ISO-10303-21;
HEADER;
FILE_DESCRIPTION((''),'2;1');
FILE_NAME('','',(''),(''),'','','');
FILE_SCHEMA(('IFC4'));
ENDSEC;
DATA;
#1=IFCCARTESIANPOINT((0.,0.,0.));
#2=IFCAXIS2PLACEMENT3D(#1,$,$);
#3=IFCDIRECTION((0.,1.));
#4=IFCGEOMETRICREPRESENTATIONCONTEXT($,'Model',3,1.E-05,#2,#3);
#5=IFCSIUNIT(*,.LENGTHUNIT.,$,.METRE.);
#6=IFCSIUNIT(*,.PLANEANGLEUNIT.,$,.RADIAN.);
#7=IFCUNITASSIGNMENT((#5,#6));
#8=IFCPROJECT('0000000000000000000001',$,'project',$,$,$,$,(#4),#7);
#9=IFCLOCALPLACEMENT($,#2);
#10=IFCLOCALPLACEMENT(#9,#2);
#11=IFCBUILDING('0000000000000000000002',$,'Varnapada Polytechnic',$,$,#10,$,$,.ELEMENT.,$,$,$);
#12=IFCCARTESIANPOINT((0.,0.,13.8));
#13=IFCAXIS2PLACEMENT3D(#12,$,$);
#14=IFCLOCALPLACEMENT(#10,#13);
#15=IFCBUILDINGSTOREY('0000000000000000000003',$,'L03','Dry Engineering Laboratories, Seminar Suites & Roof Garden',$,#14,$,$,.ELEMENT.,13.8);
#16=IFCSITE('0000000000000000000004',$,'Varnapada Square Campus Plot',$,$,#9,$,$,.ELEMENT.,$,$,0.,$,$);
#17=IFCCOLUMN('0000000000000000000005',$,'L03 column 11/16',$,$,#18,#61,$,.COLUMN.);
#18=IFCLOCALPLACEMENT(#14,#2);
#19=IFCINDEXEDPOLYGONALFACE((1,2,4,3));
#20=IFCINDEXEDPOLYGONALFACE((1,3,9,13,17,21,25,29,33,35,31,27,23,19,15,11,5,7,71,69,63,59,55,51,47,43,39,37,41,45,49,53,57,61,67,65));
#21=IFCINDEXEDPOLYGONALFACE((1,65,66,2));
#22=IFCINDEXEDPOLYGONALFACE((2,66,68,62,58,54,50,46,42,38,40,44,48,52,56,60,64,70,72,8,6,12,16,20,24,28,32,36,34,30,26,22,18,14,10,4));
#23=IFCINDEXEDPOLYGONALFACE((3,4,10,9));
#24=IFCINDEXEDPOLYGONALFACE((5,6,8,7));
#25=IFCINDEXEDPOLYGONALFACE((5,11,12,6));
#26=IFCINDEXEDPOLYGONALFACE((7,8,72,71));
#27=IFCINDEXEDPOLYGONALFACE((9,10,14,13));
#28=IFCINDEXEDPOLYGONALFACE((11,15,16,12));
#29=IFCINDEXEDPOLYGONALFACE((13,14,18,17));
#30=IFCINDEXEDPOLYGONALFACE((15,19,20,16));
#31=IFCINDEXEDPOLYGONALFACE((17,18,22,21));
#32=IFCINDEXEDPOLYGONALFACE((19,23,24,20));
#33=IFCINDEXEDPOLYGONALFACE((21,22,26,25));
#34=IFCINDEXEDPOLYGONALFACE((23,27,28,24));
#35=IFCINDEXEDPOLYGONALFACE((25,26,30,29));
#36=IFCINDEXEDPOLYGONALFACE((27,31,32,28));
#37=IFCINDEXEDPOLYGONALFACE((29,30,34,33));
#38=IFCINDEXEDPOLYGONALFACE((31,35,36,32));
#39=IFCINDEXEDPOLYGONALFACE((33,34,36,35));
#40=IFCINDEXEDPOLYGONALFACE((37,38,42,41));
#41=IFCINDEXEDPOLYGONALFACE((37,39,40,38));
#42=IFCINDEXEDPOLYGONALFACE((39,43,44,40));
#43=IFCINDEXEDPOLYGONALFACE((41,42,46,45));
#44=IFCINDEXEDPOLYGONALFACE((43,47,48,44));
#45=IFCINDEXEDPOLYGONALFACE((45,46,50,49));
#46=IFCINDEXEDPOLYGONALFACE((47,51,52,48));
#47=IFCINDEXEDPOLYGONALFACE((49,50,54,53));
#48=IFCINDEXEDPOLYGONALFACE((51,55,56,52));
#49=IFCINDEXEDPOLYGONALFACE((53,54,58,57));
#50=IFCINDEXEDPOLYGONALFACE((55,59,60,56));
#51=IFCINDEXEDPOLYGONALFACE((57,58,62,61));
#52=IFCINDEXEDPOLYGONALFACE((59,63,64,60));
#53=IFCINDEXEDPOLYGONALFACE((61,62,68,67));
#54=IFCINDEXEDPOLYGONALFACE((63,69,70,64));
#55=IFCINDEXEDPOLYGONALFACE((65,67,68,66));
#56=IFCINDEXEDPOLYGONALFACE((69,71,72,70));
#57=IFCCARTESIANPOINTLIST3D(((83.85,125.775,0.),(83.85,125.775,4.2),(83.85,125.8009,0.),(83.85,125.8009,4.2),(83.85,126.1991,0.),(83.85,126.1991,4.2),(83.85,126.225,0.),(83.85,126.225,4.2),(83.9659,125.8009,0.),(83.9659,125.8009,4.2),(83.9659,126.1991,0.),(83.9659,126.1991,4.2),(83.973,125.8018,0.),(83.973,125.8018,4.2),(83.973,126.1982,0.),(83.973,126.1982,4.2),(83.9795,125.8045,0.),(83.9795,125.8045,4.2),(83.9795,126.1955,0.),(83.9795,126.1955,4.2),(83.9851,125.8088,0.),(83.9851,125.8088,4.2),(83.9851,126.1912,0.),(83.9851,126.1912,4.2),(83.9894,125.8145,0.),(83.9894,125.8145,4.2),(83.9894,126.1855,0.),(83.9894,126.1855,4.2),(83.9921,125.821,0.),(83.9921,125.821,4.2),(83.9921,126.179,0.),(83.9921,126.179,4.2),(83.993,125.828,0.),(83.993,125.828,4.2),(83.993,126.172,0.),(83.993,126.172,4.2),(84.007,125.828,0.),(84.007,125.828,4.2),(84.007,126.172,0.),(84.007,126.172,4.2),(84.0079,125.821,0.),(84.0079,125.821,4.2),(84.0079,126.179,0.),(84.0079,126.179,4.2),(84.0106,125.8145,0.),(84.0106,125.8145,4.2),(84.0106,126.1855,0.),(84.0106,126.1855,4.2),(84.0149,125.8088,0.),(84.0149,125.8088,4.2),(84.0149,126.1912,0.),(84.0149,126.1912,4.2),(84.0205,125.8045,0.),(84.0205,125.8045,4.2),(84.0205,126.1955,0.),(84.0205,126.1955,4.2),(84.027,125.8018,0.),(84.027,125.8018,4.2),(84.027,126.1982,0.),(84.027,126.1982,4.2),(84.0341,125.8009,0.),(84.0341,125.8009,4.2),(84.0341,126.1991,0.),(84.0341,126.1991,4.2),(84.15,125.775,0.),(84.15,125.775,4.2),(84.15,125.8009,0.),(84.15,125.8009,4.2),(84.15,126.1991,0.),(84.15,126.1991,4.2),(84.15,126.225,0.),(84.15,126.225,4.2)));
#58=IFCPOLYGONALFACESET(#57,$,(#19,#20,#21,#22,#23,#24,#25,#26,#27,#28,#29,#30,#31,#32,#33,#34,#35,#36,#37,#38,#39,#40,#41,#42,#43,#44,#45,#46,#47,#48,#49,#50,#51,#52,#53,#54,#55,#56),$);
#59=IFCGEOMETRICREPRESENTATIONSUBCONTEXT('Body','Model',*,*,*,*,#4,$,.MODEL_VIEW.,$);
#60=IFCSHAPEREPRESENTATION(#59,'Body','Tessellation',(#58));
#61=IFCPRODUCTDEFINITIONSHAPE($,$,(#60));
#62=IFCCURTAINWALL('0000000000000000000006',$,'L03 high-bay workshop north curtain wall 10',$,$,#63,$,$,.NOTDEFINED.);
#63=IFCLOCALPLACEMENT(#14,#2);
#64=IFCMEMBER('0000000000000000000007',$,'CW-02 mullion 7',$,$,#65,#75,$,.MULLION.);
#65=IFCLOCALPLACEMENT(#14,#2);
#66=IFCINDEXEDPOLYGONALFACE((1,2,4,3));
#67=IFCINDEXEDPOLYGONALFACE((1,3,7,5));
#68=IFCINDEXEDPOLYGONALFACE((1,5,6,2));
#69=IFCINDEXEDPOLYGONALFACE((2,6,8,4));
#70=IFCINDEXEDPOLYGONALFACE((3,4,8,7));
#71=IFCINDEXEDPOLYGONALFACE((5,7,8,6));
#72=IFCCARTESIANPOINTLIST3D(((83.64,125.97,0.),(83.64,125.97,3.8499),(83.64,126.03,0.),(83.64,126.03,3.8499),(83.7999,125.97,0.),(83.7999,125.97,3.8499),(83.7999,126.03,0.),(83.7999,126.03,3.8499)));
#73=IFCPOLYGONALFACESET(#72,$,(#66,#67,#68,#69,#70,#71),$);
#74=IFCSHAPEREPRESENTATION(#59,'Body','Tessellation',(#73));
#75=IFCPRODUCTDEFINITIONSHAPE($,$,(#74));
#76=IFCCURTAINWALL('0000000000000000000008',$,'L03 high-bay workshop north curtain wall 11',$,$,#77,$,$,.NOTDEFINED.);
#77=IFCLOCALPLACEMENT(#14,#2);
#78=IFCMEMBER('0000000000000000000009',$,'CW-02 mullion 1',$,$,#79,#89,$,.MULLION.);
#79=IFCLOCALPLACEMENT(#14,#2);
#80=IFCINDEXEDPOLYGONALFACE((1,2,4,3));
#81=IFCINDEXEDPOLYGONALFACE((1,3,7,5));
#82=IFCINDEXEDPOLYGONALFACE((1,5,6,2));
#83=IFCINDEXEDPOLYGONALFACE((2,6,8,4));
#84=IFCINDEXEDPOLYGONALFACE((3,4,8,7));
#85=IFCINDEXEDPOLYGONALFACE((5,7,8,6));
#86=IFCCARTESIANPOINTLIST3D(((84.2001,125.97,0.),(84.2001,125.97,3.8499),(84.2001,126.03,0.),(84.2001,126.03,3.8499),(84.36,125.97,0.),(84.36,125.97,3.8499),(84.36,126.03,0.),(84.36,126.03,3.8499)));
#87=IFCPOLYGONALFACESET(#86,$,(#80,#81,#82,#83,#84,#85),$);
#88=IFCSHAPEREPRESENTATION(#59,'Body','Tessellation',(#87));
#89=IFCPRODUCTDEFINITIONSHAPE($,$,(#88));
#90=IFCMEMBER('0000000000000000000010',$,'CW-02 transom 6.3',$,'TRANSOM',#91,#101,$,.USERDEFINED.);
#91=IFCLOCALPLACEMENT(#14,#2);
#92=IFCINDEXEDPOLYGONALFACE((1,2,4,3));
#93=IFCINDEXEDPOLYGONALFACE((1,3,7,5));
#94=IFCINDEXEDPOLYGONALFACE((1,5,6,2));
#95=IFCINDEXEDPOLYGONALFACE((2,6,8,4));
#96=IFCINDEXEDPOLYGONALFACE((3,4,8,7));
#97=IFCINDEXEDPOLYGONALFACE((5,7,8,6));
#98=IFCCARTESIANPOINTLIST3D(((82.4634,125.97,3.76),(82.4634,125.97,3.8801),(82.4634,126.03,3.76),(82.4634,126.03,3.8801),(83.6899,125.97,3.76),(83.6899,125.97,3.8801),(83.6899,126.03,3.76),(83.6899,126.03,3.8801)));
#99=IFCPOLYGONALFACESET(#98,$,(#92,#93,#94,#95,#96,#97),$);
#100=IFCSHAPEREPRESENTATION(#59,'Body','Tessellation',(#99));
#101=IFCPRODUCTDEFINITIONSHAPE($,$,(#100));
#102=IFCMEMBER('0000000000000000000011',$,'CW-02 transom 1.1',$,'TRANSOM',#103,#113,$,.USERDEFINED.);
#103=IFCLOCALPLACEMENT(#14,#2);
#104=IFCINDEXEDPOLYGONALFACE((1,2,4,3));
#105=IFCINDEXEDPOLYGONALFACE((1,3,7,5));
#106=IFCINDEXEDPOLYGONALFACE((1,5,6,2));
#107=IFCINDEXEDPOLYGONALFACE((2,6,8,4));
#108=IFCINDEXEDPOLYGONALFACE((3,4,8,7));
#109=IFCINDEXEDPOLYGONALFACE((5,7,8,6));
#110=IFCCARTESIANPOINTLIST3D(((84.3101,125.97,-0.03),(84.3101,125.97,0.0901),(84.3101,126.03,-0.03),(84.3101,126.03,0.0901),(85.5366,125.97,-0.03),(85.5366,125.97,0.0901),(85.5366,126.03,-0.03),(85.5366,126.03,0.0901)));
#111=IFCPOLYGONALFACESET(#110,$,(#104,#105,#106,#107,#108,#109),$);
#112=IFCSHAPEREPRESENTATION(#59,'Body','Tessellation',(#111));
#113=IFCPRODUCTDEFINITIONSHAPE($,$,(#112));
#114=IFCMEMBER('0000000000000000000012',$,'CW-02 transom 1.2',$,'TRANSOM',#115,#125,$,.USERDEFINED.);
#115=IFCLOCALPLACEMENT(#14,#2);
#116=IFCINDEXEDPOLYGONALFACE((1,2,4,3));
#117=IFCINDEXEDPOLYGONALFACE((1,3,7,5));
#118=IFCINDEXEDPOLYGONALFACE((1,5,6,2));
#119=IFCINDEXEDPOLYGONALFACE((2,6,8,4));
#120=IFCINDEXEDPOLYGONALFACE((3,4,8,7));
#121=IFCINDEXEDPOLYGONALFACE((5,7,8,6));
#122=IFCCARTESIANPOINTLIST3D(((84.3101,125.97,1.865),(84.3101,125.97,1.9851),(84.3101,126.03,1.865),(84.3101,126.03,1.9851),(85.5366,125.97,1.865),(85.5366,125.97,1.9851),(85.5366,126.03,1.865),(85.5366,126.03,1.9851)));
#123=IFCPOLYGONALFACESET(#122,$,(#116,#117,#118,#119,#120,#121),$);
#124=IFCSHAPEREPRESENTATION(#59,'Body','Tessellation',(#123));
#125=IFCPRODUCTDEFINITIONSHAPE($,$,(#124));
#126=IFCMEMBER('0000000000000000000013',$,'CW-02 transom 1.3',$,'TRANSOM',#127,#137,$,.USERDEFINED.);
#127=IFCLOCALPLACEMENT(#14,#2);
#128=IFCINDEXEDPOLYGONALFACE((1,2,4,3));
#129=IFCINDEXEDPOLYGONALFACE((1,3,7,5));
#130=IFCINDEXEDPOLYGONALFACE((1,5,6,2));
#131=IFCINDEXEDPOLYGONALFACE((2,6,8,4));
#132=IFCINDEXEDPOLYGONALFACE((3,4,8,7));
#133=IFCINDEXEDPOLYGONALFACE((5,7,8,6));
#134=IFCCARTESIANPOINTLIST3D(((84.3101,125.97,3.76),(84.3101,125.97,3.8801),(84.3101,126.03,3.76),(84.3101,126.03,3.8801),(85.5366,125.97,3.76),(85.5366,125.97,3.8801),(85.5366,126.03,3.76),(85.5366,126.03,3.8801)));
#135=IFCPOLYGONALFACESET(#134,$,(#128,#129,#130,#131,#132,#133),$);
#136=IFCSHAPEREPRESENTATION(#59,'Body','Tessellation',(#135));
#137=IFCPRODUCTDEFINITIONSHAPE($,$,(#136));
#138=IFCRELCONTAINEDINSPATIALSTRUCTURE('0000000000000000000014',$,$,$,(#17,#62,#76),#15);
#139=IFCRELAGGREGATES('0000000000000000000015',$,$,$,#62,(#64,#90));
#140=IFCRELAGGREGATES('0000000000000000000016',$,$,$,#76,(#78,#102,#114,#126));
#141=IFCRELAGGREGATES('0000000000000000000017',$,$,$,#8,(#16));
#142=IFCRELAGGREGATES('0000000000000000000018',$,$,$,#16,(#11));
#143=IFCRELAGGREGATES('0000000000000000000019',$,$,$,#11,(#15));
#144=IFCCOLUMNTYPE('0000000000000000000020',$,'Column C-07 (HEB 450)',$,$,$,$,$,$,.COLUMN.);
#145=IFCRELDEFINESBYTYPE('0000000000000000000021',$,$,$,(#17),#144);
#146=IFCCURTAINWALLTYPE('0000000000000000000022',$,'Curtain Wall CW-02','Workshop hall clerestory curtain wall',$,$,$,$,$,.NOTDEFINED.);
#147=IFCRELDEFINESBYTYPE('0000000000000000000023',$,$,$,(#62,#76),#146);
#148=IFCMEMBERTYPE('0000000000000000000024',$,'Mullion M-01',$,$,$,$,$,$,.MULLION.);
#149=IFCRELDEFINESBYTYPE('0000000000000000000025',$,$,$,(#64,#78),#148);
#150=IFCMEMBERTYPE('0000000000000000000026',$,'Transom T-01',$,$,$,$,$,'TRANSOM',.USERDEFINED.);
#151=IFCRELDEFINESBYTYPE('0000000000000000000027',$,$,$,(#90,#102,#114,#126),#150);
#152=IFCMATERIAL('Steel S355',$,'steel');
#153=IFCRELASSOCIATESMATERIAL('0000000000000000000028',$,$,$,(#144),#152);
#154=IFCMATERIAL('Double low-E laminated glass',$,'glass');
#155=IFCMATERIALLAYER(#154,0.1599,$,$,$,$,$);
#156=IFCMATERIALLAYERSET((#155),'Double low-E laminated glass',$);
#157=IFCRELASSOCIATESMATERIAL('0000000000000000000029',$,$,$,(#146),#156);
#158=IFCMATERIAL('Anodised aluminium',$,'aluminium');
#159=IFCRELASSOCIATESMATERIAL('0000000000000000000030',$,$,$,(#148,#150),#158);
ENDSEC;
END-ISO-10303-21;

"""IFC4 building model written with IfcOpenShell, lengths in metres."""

from ifc_helpers import new_model, si_unit, direction, frame, origin, origin_2d, place, context, subcontext, project, spatial, rectangle, i_section, extrude, material, layer, layer_set, material_profile, profile_set, type_object, element, aggregate, save


model = new_model("IFC4")

# Units and contexts
model_context = context("Model", 3, precision=1e-05, world=origin(), true_north=direction((0.0, 1.0)))
body_context = subcontext(model_context, "Body", "Model", "MODEL_VIEW")
ifc_project = project(units=[si_unit("LENGTHUNIT", "METRE"), si_unit("PLANEANGLEUNIT", "RADIAN")], contexts=[model_context])

# Site, building, storey
site_placement = place(None, origin())
site = spatial("IfcSite", under=ifc_project, at=site_placement, Name="Varnapada Square Campus Plot", CompositionType="ELEMENT", RefElevation=0.0)
building_placement = place(site_placement, origin())
building = spatial("IfcBuilding", under=site, at=building_placement, Name="Varnapada Polytechnic", CompositionType="ELEMENT")
storey_placement = place(building_placement, frame((0.0, 0.0, 13.8)))
storey = spatial("IfcBuildingStorey", under=building, at=storey_placement, Name="L03", Description="Dry Engineering Laboratories, Seminar Suites & Roof Garden", CompositionType="ELEMENT", Elevation=13.8)

# Column
ifc_material_1 = material(Name="Steel S355", Category="steel")
ifc_material_profile_1 = material_profile(ifc_material_1, i_section(OverallWidth=0.3, OverallDepth=0.45, WebThickness=0.0139, FlangeThickness=0.0259, FilletRadius=0.0271, at=origin_2d()), Name="HEB 450")
ifc_profile_set_1 = profile_set([ifc_material_profile_1], Name="Steel S355")
column_type = type_object("IfcColumnType", Name="Column C-07 (HEB 450)", PredefinedType="COLUMN", material=ifc_profile_set_1)
column_placement = place(storey_placement, frame((84.0, 126.0, 0.0), z_axis=(0.0, 0.0, 1.0), x_axis=(1.0, 0.0, 0.0)))
element("IfcColumn", 1, at=column_placement, inside=storey, type_object=column_type, Name="L03 column 11/16", PredefinedType="COLUMN", context=body_context, shape_type="SweptSolid", body=[
    extrude(i_section(OverallWidth=0.3, OverallDepth=0.45, WebThickness=0.0139, FlangeThickness=0.0259, FilletRadius=0.0271, at=origin_2d()), origin(), (0.0, 0.0, 1.0), 4.2),
])

# Curtain walls, members
ifc_material_2 = material(Name="Double low-E laminated glass", Category="glass")
ifc_layer_1 = layer(ifc_material_2, 0.1599)
ifc_layer_set_1 = layer_set([ifc_layer_1], Name="Double low-E laminated glass")
curtain_wall_type = type_object("IfcCurtainWallType", Name="Curtain Wall CW-02", Description="Workshop hall clerestory curtain wall", PredefinedType="NOTDEFINED", material=ifc_layer_set_1)
curtain_wall_1_placement = place(storey_placement, origin())
curtain_wall_1 = element("IfcCurtainWall", 2, at=curtain_wall_1_placement, inside=storey, type_object=curtain_wall_type, Name="L03 high-bay workshop north curtain wall 10", PredefinedType="NOTDEFINED")
ifc_material_3 = material(Name="Anodised aluminium", Category="aluminium")
ifc_material_profile_2 = material_profile(ifc_material_3, rectangle(XDim=0.0601, YDim=0.1599, at=origin_2d()), Name="ALU M60x160")
ifc_profile_set_2 = profile_set([ifc_material_profile_2], Name="Anodised aluminium")
member_type_1 = type_object("IfcMemberType", Name="Mullion M-01", PredefinedType="MULLION", material=ifc_profile_set_2)
member_1_placement = place(storey_placement, frame((83.72, 126.0, 0.0), z_axis=(0.0, 0.0, 1.0), x_axis=(0.0, 1.0, 0.0)))
member_1 = element("IfcMember", 3, at=member_1_placement, type_object=member_type_1, Name="CW-02 mullion 7", PredefinedType="MULLION", context=body_context, shape_type="SweptSolid", body=[
    extrude(rectangle(XDim=0.0601, YDim=0.1599, at=origin_2d()), origin(), (0.0, 0.0, 1.0), 3.8499),
])
curtain_wall_2_placement = place(storey_placement, origin())
curtain_wall_2 = element("IfcCurtainWall", 4, at=curtain_wall_2_placement, inside=storey, type_object=curtain_wall_type, Name="L03 high-bay workshop north curtain wall 11", PredefinedType="NOTDEFINED")
member_2_placement = place(storey_placement, frame((84.28, 126.0, 0.0), z_axis=(0.0, 0.0, 1.0), x_axis=(0.0, 1.0, 0.0)))
member_2 = element("IfcMember", 5, at=member_2_placement, type_object=member_type_1, Name="CW-02 mullion 1", PredefinedType="MULLION", context=body_context, shape_type="SweptSolid", body=[
    extrude(rectangle(XDim=0.0601, YDim=0.1599, at=origin_2d()), origin(), (0.0, 0.0, 1.0), 3.8499),
])

# Members
ifc_material_profile_3 = material_profile(ifc_material_3, rectangle(XDim=0.0601, YDim=0.1201, at=origin_2d()), Name="ALU T60x120")
ifc_profile_set_3 = profile_set([ifc_material_profile_3], Name="Anodised aluminium")
member_type_2 = type_object("IfcMemberType", Name="Transom T-01", ElementType="TRANSOM", PredefinedType="USERDEFINED", material=ifc_profile_set_3)
member_3_placement = place(storey_placement, frame((82.4634, 126.0, 3.8201), z_axis=(1.0, 0.0, 0.0), x_axis=(0.0, 1.0, 0.0)))
member_3 = element("IfcMember", 6, at=member_3_placement, type_object=member_type_2, Name="CW-02 transom 6.3", ObjectType="TRANSOM", PredefinedType="USERDEFINED", context=body_context, shape_type="SweptSolid", body=[
    extrude(rectangle(XDim=0.0601, YDim=0.1201, at=origin_2d()), origin(), (0.0, 0.0, 1.0), 1.2266),
])
member_4_placement = place(storey_placement, frame((84.3101, 126.0, 0.03), z_axis=(1.0, 0.0, 0.0), x_axis=(0.0, 1.0, 0.0)))
member_4 = element("IfcMember", 7, at=member_4_placement, type_object=member_type_2, Name="CW-02 transom 1.1", ObjectType="TRANSOM", PredefinedType="USERDEFINED", context=body_context, shape_type="SweptSolid", body=[
    extrude(rectangle(XDim=0.0601, YDim=0.1201, at=origin_2d()), origin(), (0.0, 0.0, 1.0), 1.2266),
])
member_5_placement = place(storey_placement, frame((84.3101, 126.0, 1.925), z_axis=(1.0, 0.0, 0.0), x_axis=(0.0, 1.0, 0.0)))
member_5 = element("IfcMember", 8, at=member_5_placement, type_object=member_type_2, Name="CW-02 transom 1.2", ObjectType="TRANSOM", PredefinedType="USERDEFINED", context=body_context, shape_type="SweptSolid", body=[
    extrude(rectangle(XDim=0.0601, YDim=0.1201, at=origin_2d()), origin(), (0.0, 0.0, 1.0), 1.2266),
])
member_6_placement = place(storey_placement, frame((84.3101, 126.0, 3.8201), z_axis=(1.0, 0.0, 0.0), x_axis=(0.0, 1.0, 0.0)))
member_6 = element("IfcMember", 9, at=member_6_placement, type_object=member_type_2, Name="CW-02 transom 1.3", ObjectType="TRANSOM", PredefinedType="USERDEFINED", context=body_context, shape_type="SweptSolid", body=[
    extrude(rectangle(XDim=0.0601, YDim=0.1201, at=origin_2d()), origin(), (0.0, 0.0, 1.0), 1.2266),
])

aggregate(curtain_wall_1, [member_1, member_3])
aggregate(curtain_wall_2, [member_2, member_4, member_5, member_6])

save(model, "model.ifc")
